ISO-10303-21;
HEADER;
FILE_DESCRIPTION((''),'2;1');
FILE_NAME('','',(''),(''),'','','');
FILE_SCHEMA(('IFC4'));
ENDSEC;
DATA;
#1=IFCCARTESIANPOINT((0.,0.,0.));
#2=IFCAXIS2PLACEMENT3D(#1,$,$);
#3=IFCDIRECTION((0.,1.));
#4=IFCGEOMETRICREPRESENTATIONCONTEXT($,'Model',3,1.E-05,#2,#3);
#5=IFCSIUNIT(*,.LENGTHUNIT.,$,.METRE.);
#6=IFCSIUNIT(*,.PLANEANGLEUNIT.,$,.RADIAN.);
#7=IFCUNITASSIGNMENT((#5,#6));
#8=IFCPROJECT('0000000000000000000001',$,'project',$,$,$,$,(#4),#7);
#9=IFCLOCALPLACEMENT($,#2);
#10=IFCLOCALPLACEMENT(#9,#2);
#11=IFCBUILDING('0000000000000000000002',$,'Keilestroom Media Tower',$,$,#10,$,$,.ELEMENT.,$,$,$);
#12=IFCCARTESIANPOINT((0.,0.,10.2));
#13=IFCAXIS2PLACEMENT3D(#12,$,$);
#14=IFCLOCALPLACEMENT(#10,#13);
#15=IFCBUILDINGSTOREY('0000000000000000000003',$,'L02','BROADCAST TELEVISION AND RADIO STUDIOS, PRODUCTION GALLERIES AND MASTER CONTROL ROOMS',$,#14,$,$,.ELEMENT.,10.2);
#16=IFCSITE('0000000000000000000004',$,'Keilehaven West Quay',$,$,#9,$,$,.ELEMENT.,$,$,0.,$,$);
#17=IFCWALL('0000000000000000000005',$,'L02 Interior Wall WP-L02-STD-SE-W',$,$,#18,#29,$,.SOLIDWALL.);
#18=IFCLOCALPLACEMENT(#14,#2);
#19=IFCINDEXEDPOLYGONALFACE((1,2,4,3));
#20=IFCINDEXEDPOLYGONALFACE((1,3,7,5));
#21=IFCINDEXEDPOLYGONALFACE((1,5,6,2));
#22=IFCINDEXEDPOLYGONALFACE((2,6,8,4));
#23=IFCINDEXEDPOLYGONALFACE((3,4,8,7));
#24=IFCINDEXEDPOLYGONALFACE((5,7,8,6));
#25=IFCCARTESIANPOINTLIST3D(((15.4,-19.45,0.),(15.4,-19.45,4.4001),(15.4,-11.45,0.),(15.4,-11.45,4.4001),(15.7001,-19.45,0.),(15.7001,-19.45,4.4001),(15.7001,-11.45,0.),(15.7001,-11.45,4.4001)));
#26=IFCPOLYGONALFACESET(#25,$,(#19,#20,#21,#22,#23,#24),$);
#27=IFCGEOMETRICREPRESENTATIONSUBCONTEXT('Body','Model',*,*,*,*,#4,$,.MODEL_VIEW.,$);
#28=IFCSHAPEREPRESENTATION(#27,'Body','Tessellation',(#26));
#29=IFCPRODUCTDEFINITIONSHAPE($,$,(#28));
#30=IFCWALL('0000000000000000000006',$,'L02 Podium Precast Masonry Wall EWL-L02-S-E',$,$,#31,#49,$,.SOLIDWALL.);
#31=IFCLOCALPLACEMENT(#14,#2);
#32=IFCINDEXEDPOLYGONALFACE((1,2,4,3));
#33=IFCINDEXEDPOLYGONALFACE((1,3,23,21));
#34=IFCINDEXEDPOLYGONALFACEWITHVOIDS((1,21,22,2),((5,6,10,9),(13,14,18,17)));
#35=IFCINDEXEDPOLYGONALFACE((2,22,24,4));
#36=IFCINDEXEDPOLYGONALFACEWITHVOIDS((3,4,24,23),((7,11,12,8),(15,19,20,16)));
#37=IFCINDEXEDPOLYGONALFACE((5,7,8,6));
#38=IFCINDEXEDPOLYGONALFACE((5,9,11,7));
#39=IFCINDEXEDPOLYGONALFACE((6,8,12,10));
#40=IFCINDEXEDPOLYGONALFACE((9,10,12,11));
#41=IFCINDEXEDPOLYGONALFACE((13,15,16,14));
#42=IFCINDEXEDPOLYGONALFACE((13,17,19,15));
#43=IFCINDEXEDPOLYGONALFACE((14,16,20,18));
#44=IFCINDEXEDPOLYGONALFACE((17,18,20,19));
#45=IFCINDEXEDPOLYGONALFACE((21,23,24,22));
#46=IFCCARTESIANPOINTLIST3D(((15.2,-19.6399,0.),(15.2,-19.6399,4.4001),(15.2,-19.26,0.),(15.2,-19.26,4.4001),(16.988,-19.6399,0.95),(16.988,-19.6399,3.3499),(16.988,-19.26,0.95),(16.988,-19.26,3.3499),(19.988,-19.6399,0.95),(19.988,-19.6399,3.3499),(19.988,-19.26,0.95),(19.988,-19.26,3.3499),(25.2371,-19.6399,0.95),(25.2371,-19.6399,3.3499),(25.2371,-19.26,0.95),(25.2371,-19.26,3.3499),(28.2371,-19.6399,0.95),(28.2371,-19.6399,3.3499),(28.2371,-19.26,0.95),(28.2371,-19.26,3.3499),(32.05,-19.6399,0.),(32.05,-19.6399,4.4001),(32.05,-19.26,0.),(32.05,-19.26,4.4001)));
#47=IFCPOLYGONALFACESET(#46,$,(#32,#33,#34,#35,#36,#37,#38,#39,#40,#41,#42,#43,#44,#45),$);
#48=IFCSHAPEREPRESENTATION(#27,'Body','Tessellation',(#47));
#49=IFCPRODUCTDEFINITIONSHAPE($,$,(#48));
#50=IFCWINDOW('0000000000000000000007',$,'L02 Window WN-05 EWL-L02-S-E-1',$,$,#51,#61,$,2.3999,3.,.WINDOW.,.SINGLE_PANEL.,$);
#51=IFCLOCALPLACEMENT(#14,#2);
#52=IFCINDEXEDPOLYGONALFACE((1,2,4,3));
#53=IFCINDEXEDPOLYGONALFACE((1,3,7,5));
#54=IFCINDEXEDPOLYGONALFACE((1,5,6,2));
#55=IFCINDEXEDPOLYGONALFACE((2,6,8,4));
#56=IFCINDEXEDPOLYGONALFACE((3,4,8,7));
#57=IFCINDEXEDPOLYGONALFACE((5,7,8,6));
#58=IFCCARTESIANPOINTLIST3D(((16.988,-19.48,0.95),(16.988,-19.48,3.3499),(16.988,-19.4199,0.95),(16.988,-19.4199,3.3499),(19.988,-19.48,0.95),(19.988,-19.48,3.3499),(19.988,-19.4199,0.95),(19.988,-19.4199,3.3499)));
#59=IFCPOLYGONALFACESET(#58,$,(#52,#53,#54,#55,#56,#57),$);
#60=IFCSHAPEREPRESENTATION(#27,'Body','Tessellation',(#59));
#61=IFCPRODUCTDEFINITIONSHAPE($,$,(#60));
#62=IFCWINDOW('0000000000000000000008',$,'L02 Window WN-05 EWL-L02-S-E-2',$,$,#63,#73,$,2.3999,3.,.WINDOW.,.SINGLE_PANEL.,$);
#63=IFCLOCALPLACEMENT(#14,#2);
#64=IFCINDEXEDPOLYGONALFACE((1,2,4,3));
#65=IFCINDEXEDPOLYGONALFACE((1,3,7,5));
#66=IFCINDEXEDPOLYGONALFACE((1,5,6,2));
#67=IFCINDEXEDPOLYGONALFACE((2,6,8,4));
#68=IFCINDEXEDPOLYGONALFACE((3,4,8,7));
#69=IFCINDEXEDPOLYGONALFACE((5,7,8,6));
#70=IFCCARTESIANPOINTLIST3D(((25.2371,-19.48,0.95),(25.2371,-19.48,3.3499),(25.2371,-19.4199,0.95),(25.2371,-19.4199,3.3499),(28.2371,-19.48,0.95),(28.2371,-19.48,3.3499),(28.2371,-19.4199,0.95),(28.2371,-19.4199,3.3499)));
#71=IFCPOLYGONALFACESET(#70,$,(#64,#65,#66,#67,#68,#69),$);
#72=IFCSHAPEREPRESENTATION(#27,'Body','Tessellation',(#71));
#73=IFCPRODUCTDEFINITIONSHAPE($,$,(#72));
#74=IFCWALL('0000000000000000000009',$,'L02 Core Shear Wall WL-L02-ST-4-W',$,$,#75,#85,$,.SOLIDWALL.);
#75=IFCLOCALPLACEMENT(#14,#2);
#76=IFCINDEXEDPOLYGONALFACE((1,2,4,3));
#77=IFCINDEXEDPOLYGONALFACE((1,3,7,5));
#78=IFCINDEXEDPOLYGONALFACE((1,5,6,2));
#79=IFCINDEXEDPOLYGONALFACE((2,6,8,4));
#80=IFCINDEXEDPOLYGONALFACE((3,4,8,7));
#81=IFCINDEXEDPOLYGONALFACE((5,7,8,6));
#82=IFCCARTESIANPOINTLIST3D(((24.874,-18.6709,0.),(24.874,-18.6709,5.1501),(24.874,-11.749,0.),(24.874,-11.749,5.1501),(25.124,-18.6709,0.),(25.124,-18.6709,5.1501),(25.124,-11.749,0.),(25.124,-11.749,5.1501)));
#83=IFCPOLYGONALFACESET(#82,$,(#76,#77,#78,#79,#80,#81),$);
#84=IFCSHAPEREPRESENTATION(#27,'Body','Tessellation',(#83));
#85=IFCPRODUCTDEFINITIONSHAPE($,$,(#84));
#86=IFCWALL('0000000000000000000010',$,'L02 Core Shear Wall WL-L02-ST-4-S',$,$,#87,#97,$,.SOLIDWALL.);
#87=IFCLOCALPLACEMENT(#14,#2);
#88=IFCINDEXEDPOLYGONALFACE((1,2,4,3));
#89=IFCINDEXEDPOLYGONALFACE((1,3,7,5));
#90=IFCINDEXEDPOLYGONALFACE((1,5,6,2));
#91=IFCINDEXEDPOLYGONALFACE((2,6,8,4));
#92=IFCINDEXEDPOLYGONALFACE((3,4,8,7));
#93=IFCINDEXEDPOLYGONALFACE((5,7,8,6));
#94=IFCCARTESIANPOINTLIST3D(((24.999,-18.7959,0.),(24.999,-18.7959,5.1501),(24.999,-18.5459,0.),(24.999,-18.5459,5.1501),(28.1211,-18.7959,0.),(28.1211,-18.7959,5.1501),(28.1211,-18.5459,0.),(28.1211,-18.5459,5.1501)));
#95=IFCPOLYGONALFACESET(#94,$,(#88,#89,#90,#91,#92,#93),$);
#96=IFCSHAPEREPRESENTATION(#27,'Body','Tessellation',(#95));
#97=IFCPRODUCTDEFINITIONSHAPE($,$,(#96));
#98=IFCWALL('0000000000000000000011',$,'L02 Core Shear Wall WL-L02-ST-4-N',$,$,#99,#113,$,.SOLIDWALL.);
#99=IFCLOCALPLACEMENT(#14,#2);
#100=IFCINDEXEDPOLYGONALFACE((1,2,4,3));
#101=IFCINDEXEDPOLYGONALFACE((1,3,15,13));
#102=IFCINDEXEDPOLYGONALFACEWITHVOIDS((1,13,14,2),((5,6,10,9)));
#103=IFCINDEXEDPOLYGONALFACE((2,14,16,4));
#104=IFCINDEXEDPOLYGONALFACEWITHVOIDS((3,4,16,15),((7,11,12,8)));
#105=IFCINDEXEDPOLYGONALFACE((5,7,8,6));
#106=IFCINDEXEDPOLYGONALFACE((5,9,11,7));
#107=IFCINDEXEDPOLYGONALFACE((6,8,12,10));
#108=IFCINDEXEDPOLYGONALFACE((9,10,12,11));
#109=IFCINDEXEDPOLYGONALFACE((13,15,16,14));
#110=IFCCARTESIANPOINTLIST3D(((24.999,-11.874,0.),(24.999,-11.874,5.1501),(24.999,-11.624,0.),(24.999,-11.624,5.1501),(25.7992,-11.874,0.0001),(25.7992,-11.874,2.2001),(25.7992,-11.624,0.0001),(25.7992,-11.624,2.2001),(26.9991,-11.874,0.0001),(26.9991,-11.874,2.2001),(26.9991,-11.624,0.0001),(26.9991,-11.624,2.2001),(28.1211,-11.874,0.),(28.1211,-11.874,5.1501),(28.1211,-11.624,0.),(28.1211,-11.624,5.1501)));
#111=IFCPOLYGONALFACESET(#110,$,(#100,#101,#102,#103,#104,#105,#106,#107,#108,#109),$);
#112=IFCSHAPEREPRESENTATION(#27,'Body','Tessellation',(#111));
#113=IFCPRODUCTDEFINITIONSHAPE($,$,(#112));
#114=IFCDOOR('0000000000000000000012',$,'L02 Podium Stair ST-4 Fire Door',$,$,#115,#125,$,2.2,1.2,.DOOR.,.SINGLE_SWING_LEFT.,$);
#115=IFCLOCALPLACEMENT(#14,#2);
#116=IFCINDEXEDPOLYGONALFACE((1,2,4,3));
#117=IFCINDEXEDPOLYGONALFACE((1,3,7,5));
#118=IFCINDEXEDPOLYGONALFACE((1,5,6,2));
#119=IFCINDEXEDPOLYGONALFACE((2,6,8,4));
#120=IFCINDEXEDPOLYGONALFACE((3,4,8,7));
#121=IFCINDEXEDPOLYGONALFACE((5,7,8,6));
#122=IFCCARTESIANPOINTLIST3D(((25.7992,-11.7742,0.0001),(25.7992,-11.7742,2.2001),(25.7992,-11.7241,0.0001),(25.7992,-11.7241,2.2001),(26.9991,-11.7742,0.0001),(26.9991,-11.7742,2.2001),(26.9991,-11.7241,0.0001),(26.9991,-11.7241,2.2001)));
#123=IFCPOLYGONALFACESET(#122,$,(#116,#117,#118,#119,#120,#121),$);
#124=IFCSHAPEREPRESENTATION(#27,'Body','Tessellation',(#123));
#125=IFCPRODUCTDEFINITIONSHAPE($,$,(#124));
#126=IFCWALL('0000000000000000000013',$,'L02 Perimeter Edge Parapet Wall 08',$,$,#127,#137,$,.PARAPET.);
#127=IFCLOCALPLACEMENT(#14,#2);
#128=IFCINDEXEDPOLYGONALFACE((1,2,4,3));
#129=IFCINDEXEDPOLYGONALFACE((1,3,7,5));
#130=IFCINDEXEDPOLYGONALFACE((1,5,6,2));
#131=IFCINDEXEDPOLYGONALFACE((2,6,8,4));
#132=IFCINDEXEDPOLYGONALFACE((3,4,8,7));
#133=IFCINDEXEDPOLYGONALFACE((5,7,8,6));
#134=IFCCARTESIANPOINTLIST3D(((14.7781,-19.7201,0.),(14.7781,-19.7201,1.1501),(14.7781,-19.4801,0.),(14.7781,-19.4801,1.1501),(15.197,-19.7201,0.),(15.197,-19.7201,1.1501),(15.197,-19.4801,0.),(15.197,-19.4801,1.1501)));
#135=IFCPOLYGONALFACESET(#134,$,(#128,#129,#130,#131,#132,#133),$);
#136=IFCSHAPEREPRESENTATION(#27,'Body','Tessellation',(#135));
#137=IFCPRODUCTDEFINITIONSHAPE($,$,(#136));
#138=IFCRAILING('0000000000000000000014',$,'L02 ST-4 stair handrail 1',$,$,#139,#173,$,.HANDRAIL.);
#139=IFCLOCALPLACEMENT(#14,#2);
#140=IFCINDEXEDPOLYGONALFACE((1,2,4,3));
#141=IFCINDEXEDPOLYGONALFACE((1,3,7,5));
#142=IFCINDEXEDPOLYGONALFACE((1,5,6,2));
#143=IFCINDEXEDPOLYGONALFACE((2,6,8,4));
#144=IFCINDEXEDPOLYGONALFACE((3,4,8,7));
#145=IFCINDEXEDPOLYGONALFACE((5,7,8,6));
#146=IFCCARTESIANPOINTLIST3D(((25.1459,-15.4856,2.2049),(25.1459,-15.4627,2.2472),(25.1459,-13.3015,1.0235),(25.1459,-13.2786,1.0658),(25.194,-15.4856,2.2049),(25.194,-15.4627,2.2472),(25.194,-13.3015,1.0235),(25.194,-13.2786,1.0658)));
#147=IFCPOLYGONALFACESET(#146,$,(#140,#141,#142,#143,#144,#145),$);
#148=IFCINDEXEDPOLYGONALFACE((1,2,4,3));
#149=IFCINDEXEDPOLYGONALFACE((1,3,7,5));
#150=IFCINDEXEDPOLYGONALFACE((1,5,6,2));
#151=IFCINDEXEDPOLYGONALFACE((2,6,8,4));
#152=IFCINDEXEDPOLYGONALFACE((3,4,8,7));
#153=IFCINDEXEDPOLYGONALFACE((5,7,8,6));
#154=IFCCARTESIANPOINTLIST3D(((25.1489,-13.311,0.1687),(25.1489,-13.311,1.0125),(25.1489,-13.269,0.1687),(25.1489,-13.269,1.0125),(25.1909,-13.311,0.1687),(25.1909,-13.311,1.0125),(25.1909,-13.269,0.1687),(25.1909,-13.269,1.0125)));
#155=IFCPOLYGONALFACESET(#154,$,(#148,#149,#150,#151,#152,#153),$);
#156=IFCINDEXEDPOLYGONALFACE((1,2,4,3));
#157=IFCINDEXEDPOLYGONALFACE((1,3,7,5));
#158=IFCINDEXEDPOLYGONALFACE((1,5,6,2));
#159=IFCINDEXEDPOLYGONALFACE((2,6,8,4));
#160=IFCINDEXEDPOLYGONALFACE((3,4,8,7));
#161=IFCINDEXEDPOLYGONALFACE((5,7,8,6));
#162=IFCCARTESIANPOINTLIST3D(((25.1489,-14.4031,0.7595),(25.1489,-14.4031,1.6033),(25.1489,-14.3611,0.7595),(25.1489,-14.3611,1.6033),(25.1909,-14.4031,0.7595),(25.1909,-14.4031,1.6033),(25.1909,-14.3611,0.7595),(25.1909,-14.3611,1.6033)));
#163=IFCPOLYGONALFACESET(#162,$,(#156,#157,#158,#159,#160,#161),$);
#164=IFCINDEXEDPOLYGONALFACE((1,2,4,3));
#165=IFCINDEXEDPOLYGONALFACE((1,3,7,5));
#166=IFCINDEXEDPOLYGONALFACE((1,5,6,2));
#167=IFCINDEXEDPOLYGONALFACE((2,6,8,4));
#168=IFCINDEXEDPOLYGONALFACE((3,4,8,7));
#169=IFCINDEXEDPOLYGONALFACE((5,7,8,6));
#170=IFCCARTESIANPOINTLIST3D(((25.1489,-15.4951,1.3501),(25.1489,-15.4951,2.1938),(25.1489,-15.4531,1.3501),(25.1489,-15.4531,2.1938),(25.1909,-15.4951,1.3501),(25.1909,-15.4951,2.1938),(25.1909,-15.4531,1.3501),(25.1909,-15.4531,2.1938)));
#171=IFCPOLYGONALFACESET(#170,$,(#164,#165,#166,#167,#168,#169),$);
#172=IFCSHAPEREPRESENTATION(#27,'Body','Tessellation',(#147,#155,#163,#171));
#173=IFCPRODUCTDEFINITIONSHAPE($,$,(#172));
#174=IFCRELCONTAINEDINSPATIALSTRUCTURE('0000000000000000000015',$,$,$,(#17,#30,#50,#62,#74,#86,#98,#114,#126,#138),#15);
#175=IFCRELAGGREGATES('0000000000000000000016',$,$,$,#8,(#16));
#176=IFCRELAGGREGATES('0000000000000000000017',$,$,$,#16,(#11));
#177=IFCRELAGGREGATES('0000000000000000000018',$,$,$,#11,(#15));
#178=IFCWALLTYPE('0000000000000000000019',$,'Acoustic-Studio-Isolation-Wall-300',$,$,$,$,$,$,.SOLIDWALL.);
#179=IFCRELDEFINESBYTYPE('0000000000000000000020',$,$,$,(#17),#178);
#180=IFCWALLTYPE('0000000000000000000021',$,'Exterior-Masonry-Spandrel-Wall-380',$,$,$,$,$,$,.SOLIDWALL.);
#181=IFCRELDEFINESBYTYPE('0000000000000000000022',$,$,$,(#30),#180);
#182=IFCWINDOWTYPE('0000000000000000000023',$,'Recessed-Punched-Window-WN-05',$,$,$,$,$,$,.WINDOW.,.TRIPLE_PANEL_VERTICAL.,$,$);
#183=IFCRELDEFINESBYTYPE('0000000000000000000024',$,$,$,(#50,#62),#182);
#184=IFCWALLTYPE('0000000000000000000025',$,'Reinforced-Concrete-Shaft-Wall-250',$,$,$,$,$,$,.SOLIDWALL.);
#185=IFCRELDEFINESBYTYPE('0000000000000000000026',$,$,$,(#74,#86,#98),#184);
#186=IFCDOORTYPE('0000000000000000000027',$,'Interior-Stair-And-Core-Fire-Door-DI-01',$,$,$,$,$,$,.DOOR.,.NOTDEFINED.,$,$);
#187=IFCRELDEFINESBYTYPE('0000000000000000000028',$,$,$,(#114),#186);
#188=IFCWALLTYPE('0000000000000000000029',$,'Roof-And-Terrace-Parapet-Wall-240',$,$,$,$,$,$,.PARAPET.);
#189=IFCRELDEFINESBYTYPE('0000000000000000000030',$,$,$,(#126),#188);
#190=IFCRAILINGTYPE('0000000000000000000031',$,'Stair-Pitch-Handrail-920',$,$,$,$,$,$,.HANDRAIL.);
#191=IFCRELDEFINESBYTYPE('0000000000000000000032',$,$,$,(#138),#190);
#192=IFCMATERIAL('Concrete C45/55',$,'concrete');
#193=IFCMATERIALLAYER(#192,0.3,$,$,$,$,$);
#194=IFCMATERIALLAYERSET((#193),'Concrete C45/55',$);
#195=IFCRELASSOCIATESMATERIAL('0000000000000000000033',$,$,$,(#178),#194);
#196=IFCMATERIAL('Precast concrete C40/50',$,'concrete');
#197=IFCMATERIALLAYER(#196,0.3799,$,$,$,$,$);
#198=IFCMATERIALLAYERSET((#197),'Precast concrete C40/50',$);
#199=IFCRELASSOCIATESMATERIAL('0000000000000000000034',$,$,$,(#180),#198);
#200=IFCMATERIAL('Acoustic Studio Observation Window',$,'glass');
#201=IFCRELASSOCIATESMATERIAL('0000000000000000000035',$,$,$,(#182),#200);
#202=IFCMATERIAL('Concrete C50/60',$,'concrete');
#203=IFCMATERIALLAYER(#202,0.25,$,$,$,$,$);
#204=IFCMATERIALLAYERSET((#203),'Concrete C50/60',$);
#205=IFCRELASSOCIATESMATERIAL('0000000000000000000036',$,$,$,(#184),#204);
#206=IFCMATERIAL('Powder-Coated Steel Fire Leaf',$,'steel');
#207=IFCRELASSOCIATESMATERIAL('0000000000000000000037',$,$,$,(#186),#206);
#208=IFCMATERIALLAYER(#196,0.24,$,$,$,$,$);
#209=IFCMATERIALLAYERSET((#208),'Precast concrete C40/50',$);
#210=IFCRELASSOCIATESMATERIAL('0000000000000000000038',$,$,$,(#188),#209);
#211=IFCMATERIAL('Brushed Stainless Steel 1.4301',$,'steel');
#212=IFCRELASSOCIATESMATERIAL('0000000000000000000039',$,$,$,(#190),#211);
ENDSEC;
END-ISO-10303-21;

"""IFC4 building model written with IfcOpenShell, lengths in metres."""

from ifc_helpers import new_model, si_unit, direction, frame, frame_2d, origin, origin_2d, place, context, subcontext, project, spatial, rectangle, extrude, source, transform, mapped, material, layer, layer_set, type_object, element, fill, save


model = new_model("IFC4")

# Units and contexts
model_context = context("Model", 3, precision=1e-05, world=origin(), true_north=direction((0.0, 1.0)))
body_context = subcontext(model_context, "Body", "Model", "MODEL_VIEW")
ifc_project = project(units=[si_unit("LENGTHUNIT", "METRE"), si_unit("PLANEANGLEUNIT", "RADIAN")], contexts=[model_context])

# Site, building, storey
site_placement = place(None, origin())
site = spatial("IfcSite", under=ifc_project, at=site_placement, Name="Keilehaven West Quay", CompositionType="ELEMENT", RefElevation=0.0)
building_placement = place(site_placement, origin())
building = spatial("IfcBuilding", under=site, at=building_placement, Name="Keilestroom Media Tower", CompositionType="ELEMENT")
storey_placement = place(building_placement, frame((0.0, 0.0, 10.2)))
storey = spatial("IfcBuildingStorey", under=building, at=storey_placement, Name="L02", Description="BROADCAST TELEVISION AND RADIO STUDIOS, PRODUCTION GALLERIES AND MASTER CONTROL ROOMS", CompositionType="ELEMENT", Elevation=10.2)

# Shared definitions
ifc_material_1 = material(Name="Precast concrete C40/50", Category="concrete")

# Shared definitions
ifc_material_2 = material(Name="Concrete C45/55", Category="concrete")
ifc_layer_1 = layer(ifc_material_2, 0.3)
ifc_layer_set_1 = layer_set([ifc_layer_1], Name="Concrete C45/55")
wall_type_1 = type_object("IfcWallType", Name="Acoustic-Studio-Isolation-Wall-300", PredefinedType="SOLIDWALL", material=ifc_layer_set_1)
ifc_material_3 = material(Name="Powder-Coated Steel Fire Leaf", Category="steel")
shared_shape_1 = source(origin(), body_context, "Body", "SweptSolid", [
    extrude(rectangle(XDim=1.2, YDim=2.2, at=frame_2d((0.6001, 1.1001))), frame((0.0, 0.0249, 0.0), z_axis=(0.0, -1.0, 0.0), x_axis=(1.0, 0.0, 0.0)), (0.0, 0.0, 1.0), 0.05),
])

# Wall
wall_1_placement = place(storey_placement, frame((15.55, -19.45, 0.0), z_axis=(0.0, 0.0, 1.0), x_axis=(0.0, 1.0, 0.0)))
element("IfcWall", 1, at=wall_1_placement, inside=storey, type_object=wall_type_1, Name="L02 Interior Wall WP-L02-STD-SE-W", PredefinedType="SOLIDWALL", context=body_context, shape_type="SweptSolid", body=[
    extrude(rectangle(XDim=8.0, YDim=0.3, at=frame_2d((4.0, 0.0))), origin(), (0.0, 0.0, 1.0), 4.4001),
])

# Wall, openings, windows
ifc_layer_2 = layer(ifc_material_1, 0.3799)
ifc_layer_set_2 = layer_set([ifc_layer_2], Name="Precast concrete C40/50")
wall_type_2 = type_object("IfcWallType", Name="Exterior-Masonry-Spandrel-Wall-380", PredefinedType="SOLIDWALL", material=ifc_layer_set_2)
wall_2_placement = place(storey_placement, frame((15.2, -19.45, 0.0), z_axis=(0.0, 0.0, 1.0), x_axis=(1.0, 0.0, 0.0)))
wall_2 = element("IfcWall", 2, at=wall_2_placement, inside=storey, type_object=wall_type_2, Name="L02 Podium Precast Masonry Wall EWL-L02-S-E", PredefinedType="SOLIDWALL", context=body_context, shape_type="SweptSolid", body=[
    extrude(rectangle(XDim=16.8501, YDim=0.3799, at=frame_2d((8.425, 0.0))), origin(), (0.0, 0.0, 1.0), 4.4001),
])
opening_1_placement = place(wall_2_placement, frame((1.7881, 0.0, 0.95)))
opening_1 = element("IfcOpeningElement", 3, at=opening_1_placement, cuts=wall_2, PredefinedType="OPENING", context=body_context, shape_type="SweptSolid", body=[
    extrude(rectangle(XDim=3.0, YDim=2.3999, at=frame_2d((1.5, 1.2))), frame((0.0, 0.2, 0.0), z_axis=(0.0, -1.0, 0.0), x_axis=(1.0, 0.0, 0.0)), (0.0, 0.0, 1.0), 0.3999),
])
opening_2_placement = place(wall_2_placement, frame((10.0371, 0.0, 0.95)))
opening_2 = element("IfcOpeningElement", 4, at=opening_2_placement, cuts=wall_2, PredefinedType="OPENING", context=body_context, shape_type="SweptSolid", body=[
    extrude(rectangle(XDim=3.0, YDim=2.3999, at=frame_2d((1.5, 1.2))), frame((0.0, 0.2, 0.0), z_axis=(0.0, -1.0, 0.0), x_axis=(1.0, 0.0, 0.0)), (0.0, 0.0, 1.0), 0.3999),
])
ifc_material_4 = material(Name="Acoustic Studio Observation Window", Category="glass")
window_type = type_object("IfcWindowType", Name="Recessed-Punched-Window-WN-05", PartitioningType="TRIPLE_PANEL_VERTICAL", PredefinedType="WINDOW", material=ifc_material_4)
shared_shape_2 = source(origin(), body_context, "Body", "SweptSolid", [
    extrude(rectangle(XDim=3.0, YDim=2.3999, at=frame_2d((1.5, 1.2))), frame((0.0, 0.03, 0.0), z_axis=(0.0, -1.0, 0.0), x_axis=(1.0, 0.0, 0.0)), (0.0, 0.0, 1.0), 0.0601),
])
window_1_placement = place(opening_1_placement, origin())
window_1 = element("IfcWindow", 5, at=window_1_placement, inside=storey, type_object=window_type, Name="L02 Window WN-05 EWL-L02-S-E-1", OverallHeight=2.3999, OverallWidth=3.0, PartitioningType="SINGLE_PANEL", PredefinedType="WINDOW", context=body_context, shape_type="MappedRepresentation", body=[
    mapped(shared_shape_2, transform((0.0, 0.0, 0.0), x_axis=(1.0, 0.0, 0.0), y_axis=(0.0, 1.0, 0.0), z_axis=(0.0, 0.0, 1.0), scale=1.0)),
])
fill(opening_1, window_1)
window_2_placement = place(opening_2_placement, origin())
window_2 = element("IfcWindow", 6, at=window_2_placement, inside=storey, type_object=window_type, Name="L02 Window WN-05 EWL-L02-S-E-2", OverallHeight=2.3999, OverallWidth=3.0, PartitioningType="SINGLE_PANEL", PredefinedType="WINDOW", context=body_context, shape_type="MappedRepresentation", body=[
    mapped(shared_shape_2, transform((0.0, 0.0, 0.0), x_axis=(1.0, 0.0, 0.0), y_axis=(0.0, 1.0, 0.0), z_axis=(0.0, 0.0, 1.0), scale=1.0)),
])
fill(opening_2, window_2)

# Walls
ifc_material_5 = material(Name="Concrete C50/60", Category="concrete")
ifc_layer_3 = layer(ifc_material_5, 0.25)
ifc_layer_set_3 = layer_set([ifc_layer_3], Name="Concrete C50/60")
wall_type_3 = type_object("IfcWallType", Name="Reinforced-Concrete-Shaft-Wall-250", PredefinedType="SOLIDWALL", material=ifc_layer_set_3)
wall_3_placement = place(storey_placement, frame((24.999, -18.6709, 0.0), z_axis=(0.0, 0.0, 1.0), x_axis=(0.0, 1.0, 0.0)))
element("IfcWall", 7, at=wall_3_placement, inside=storey, type_object=wall_type_3, Name="L02 Core Shear Wall WL-L02-ST-4-W", PredefinedType="SOLIDWALL", context=body_context, shape_type="SweptSolid", body=[
    extrude(rectangle(XDim=6.9219, YDim=0.25, at=frame_2d((3.4609, 0.0))), origin(), (0.0, 0.0, 1.0), 5.1501),
])
wall_4_placement = place(storey_placement, frame((24.999, -18.6709, 0.0), z_axis=(0.0, 0.0, 1.0), x_axis=(1.0, 0.0, 0.0)))
element("IfcWall", 8, at=wall_4_placement, inside=storey, type_object=wall_type_3, Name="L02 Core Shear Wall WL-L02-ST-4-S", PredefinedType="SOLIDWALL", context=body_context, shape_type="SweptSolid", body=[
    extrude(rectangle(XDim=3.1221, YDim=0.25, at=frame_2d((1.561, 0.0))), origin(), (0.0, 0.0, 1.0), 5.1501),
])

# Wall, opening, door
wall_5_placement = place(storey_placement, frame((24.999, -11.749, 0.0), z_axis=(0.0, 0.0, 1.0), x_axis=(1.0, 0.0, 0.0)))
wall_5 = element("IfcWall", 9, at=wall_5_placement, inside=storey, type_object=wall_type_3, Name="L02 Core Shear Wall WL-L02-ST-4-N", PredefinedType="SOLIDWALL", context=body_context, shape_type="SweptSolid", body=[
    extrude(rectangle(XDim=3.1221, YDim=0.25, at=frame_2d((1.561, 0.0))), origin(), (0.0, 0.0, 1.0), 5.1501),
])
opening_3_placement = place(wall_5_placement, frame((0.8, 0.0, 0.0)))
opening_3 = element("IfcOpeningElement", 10, at=opening_3_placement, cuts=wall_5, PredefinedType="OPENING", context=body_context, shape_type="SweptSolid", body=[
    extrude(rectangle(XDim=1.2, YDim=2.2, at=frame_2d((0.6001, 1.1001))), frame((0.0, 0.135, 0.0), z_axis=(0.0, -1.0, 0.0), x_axis=(1.0, 0.0, 0.0)), (0.0, 0.0, 1.0), 0.27),
])
door_type_1 = type_object("IfcDoorType", Name="Interior-Stair-And-Core-Fire-Door-DI-01", OperationType="NOTDEFINED", PredefinedType="DOOR", material=ifc_material_3)
door_1_placement = place(opening_3_placement, origin())
door_1 = element("IfcDoor", 11, at=door_1_placement, inside=storey, type_object=door_type_1, Name="L02 Podium Stair ST-4 Fire Door", OperationType="SINGLE_SWING_LEFT", OverallHeight=2.2, OverallWidth=1.2, PredefinedType="DOOR", context=body_context, shape_type="MappedRepresentation", body=[
    mapped(shared_shape_1, transform((0.0, 0.0, 0.0), x_axis=(1.0, 0.0, 0.0), y_axis=(0.0, 1.0, 0.0), z_axis=(0.0, 0.0, 1.0), scale=1.0)),
])
fill(opening_3, door_1)

# Wall
ifc_layer_4 = layer(ifc_material_1, 0.24)
ifc_layer_set_4 = layer_set([ifc_layer_4], Name="Precast concrete C40/50")
wall_type_4 = type_object("IfcWallType", Name="Roof-And-Terrace-Parapet-Wall-240", PredefinedType="PARAPET", material=ifc_layer_set_4)
wall_6_placement = place(storey_placement, frame((15.197, -19.6001, 0.0), z_axis=(0.0, 0.0, 1.0), x_axis=(-1.0, 0.0, 0.0)))
element("IfcWall", 12, at=wall_6_placement, inside=storey, type_object=wall_type_4, Name="L02 Perimeter Edge Parapet Wall 08", PredefinedType="PARAPET", context=body_context, shape_type="SweptSolid", body=[
    extrude(rectangle(XDim=0.4189, YDim=0.24, at=frame_2d((0.2095, 0.0))), origin(), (0.0, 0.0, 1.0), 1.1501),
])

# Railing
ifc_material_6 = material(Name="Brushed Stainless Steel 1.4301", Category="steel")
railing_type = type_object("IfcRailingType", Name="Stair-Pitch-Handrail-920", PredefinedType="HANDRAIL", material=ifc_material_6)
railing_1_placement = place(storey_placement, frame((25.1699, -13.29, 0.1687)))
element("IfcRailing", 13, at=railing_1_placement, inside=storey, type_object=railing_type, Name="L02 ST-4 stair handrail 1", PredefinedType="HANDRAIL", context=body_context, shape_type="SweptSolid", body=[
    extrude(rectangle(XDim=0.0481, YDim=0.0481, at=origin_2d()), frame((0.0, 0.0, 0.876), z_axis=(0.0, -0.87957, 0.47577), x_axis=(1.0, 0.0, 0.0)), (0.0, 0.0, 1.0), 2.4832),
    extrude(rectangle(XDim=0.042, YDim=0.042, at=origin_2d()), origin(), (0.0, 0.0, 1.0), 0.8438),
    extrude(rectangle(XDim=0.042, YDim=0.042, at=origin_2d()), frame((0.0, -1.092, 0.5908)), (0.0, 0.0, 1.0), 0.8438),
    extrude(rectangle(XDim=0.042, YDim=0.042, at=origin_2d()), frame((0.0, -2.1841, 1.1814)), (0.0, 0.0, 1.0), 0.8438),
])

save(model, "model.ifc")
